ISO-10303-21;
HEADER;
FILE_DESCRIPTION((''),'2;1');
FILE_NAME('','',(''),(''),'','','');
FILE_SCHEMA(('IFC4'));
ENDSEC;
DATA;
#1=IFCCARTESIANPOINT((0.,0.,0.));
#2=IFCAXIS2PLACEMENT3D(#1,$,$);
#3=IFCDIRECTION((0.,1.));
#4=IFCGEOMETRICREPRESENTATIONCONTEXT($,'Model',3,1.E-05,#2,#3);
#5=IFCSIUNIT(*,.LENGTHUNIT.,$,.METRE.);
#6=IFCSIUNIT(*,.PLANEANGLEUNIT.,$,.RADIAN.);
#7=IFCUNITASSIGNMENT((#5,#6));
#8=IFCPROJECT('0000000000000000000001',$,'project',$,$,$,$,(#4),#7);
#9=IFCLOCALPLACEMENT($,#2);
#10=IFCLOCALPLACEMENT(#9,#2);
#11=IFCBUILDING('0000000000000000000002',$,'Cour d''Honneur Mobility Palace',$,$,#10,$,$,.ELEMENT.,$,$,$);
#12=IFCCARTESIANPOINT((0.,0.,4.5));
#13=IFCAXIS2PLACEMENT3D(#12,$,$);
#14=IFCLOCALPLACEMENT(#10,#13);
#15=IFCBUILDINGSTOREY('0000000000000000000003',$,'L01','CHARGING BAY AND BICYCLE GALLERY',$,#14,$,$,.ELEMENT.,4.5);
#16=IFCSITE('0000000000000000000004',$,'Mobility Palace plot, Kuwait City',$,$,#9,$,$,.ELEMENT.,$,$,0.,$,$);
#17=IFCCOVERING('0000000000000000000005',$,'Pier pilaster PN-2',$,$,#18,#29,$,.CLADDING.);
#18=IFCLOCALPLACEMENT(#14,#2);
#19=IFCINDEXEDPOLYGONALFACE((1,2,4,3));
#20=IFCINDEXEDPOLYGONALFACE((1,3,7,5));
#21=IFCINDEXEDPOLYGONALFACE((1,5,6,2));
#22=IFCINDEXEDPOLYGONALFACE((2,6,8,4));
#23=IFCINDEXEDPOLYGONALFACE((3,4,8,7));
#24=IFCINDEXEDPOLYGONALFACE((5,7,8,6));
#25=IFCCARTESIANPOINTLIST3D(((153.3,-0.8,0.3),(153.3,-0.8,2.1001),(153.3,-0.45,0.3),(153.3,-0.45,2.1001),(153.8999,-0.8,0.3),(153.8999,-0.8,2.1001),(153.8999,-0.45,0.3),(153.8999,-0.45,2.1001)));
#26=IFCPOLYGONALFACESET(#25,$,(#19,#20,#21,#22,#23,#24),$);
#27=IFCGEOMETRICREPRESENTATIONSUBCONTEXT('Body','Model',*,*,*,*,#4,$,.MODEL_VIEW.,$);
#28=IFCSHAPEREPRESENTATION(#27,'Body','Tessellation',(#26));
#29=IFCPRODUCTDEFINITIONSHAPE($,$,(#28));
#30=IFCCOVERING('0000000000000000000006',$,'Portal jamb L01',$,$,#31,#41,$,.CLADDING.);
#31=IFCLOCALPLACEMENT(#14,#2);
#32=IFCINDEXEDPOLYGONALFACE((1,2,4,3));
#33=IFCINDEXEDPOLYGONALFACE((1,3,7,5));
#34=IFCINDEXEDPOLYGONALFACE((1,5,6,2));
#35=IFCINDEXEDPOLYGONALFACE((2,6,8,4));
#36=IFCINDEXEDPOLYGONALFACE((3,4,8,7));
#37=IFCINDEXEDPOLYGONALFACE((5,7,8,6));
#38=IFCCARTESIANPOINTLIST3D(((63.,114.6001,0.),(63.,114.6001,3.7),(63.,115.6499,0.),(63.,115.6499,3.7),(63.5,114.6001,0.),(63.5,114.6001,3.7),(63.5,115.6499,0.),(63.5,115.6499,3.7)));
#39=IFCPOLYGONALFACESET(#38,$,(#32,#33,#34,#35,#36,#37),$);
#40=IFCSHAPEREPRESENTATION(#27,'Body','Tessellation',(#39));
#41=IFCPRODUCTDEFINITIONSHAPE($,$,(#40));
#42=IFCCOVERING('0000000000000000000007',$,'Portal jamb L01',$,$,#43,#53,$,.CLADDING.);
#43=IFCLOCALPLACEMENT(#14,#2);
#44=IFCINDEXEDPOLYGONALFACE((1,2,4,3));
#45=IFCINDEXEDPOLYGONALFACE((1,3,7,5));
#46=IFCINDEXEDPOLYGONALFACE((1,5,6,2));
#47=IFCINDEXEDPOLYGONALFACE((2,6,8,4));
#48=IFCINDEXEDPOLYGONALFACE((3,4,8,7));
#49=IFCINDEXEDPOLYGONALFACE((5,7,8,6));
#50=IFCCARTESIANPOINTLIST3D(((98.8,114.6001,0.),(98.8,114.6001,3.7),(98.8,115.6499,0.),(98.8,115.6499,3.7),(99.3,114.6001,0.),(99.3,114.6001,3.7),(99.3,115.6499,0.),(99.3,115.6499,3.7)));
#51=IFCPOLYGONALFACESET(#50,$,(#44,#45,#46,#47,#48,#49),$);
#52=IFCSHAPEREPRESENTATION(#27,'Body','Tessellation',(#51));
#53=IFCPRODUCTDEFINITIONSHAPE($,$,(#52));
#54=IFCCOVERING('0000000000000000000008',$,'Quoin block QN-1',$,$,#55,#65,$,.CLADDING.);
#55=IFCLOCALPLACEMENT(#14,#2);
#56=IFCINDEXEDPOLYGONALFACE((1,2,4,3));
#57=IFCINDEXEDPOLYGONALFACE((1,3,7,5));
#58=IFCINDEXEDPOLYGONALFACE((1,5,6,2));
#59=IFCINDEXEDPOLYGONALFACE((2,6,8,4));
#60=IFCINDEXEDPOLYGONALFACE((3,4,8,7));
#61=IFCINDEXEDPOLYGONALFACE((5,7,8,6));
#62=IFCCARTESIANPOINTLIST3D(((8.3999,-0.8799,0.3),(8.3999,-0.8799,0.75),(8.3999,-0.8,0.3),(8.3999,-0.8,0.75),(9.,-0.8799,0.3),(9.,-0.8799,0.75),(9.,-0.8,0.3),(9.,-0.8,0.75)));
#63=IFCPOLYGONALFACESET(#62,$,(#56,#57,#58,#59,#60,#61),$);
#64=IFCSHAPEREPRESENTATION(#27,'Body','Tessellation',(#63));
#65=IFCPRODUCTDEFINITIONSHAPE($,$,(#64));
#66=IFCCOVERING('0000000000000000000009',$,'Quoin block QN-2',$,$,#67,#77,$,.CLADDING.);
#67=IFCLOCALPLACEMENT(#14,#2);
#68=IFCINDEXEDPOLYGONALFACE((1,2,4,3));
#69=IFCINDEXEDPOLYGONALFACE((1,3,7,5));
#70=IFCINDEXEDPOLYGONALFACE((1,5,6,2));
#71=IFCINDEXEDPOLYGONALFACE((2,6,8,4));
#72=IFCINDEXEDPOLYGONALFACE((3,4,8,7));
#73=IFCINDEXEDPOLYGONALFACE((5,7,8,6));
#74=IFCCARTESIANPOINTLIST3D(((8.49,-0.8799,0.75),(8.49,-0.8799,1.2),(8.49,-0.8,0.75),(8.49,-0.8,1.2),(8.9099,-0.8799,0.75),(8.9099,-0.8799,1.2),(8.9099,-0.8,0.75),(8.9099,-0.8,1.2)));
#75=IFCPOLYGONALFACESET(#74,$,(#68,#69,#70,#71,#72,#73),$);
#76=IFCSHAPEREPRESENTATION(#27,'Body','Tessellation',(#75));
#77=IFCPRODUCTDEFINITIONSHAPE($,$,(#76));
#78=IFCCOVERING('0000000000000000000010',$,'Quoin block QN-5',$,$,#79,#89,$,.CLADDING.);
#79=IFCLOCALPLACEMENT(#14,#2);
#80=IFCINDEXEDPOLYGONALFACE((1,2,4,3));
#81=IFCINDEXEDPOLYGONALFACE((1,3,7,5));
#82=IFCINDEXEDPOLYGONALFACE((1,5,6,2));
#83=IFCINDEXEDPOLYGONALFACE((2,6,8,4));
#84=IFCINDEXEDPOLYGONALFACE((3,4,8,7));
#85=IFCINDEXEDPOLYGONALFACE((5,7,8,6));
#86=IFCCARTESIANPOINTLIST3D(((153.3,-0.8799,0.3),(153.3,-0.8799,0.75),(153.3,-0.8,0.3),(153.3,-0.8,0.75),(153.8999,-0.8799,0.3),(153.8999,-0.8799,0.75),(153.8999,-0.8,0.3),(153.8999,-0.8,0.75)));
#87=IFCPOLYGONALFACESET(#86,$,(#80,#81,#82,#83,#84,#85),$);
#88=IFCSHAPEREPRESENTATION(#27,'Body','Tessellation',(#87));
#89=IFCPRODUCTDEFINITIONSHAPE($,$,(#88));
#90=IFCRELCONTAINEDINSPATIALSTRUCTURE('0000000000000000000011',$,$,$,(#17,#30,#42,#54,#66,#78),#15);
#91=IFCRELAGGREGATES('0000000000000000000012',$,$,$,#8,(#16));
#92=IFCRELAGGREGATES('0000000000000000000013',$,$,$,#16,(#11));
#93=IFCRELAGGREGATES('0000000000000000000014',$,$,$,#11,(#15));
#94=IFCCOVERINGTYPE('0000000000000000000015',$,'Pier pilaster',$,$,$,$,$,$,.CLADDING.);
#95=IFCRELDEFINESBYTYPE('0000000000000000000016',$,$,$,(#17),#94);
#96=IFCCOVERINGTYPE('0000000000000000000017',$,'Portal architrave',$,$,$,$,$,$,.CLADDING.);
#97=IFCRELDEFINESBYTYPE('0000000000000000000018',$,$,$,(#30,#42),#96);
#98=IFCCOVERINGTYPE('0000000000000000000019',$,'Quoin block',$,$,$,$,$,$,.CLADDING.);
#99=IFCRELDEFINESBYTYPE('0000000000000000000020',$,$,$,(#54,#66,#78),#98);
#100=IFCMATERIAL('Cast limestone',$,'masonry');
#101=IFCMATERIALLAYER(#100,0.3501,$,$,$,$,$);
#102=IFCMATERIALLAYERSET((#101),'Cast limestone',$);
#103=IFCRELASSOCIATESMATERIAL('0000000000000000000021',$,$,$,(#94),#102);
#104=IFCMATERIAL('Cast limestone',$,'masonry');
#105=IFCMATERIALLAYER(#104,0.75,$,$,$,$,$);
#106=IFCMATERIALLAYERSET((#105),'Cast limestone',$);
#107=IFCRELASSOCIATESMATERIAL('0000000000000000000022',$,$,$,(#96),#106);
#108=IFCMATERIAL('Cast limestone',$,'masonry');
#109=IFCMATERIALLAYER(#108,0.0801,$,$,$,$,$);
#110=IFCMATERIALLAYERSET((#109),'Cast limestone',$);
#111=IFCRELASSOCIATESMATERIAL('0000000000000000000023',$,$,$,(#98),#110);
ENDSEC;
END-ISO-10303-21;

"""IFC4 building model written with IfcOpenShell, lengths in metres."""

from ifc_helpers import new_model, si_unit, direction, frame, origin, place, context, subcontext, project, spatial, polyline, outline, extrude, material, layer, layer_set, type_object, element, save


model = new_model("IFC4")

# Units and contexts
model_context = context("Model", 3, precision=1e-05, world=origin(), true_north=direction((0.0, 1.0)))
body_context = subcontext(model_context, "Body", "Model", "MODEL_VIEW")
ifc_project = project(units=[si_unit("LENGTHUNIT", "METRE"), si_unit("PLANEANGLEUNIT", "RADIAN")], contexts=[model_context])

# Site, building, storey
site_placement = place(None, origin())
site = spatial("IfcSite", under=ifc_project, at=site_placement, Name="Mobility Palace plot, Kuwait City", CompositionType="ELEMENT", RefElevation=0.0)
building_placement = place(site_placement, origin())
building = spatial("IfcBuilding", under=site, at=building_placement, Name="Cour d'Honneur Mobility Palace", CompositionType="ELEMENT")
storey_placement = place(building_placement, frame((0.0, 0.0, 4.5)))
storey = spatial("IfcBuildingStorey", under=building, at=storey_placement, Name="L01", Description="CHARGING BAY AND BICYCLE GALLERY", CompositionType="ELEMENT", Elevation=4.5)

# Coverings
ifc_material_1 = material(Name="Cast limestone", Category="masonry")
ifc_layer_1 = layer(ifc_material_1, 0.3501)
ifc_layer_set_1 = layer_set([ifc_layer_1], Name="Cast limestone")
covering_type_1 = type_object("IfcCoveringType", Name="Pier pilaster", PredefinedType="CLADDING", material=ifc_layer_set_1)
covering_1_placement = place(storey_placement, frame((0.0, 0.0, 0.3)))
element("IfcCovering", 1, at=covering_1_placement, inside=storey, type_object=covering_type_1, Name="Pier pilaster PN-2", PredefinedType="CLADDING", context=body_context, shape_type="SweptSolid", body=[
    extrude(outline(polyline([(153.3, -0.45), (153.8999, -0.45), (153.8999, -0.8), (153.3, -0.8), (153.3, -0.45)])), origin(), (0.0, 0.0, 1.0), 1.8),
])
ifc_material_2 = material(Name="Cast limestone", Category="masonry")
ifc_layer_2 = layer(ifc_material_2, 0.75)
ifc_layer_set_2 = layer_set([ifc_layer_2], Name="Cast limestone")
covering_type_2 = type_object("IfcCoveringType", Name="Portal architrave", PredefinedType="CLADDING", material=ifc_layer_set_2)
covering_2_placement = place(storey_placement, origin())
element("IfcCovering", 2, at=covering_2_placement, inside=storey, type_object=covering_type_2, Name="Portal jamb L01", PredefinedType="CLADDING", context=body_context, shape_type="SweptSolid", body=[
    extrude(outline(polyline([(63.0, 114.6001), (63.5, 114.6001), (63.5, 115.6499), (63.0, 115.6499), (63.0, 114.6001)])), origin(), (0.0, 0.0, 1.0), 3.7),
])
covering_3_placement = place(storey_placement, origin())
element("IfcCovering", 3, at=covering_3_placement, inside=storey, type_object=covering_type_2, Name="Portal jamb L01", PredefinedType="CLADDING", context=body_context, shape_type="SweptSolid", body=[
    extrude(outline(polyline([(98.8, 114.6001), (99.3, 114.6001), (99.3, 115.6499), (98.8, 115.6499), (98.8, 114.6001)])), origin(), (0.0, 0.0, 1.0), 3.7),
])
ifc_material_3 = material(Name="Cast limestone", Category="masonry")
ifc_layer_3 = layer(ifc_material_3, 0.0801)
ifc_layer_set_3 = layer_set([ifc_layer_3], Name="Cast limestone")
covering_type_3 = type_object("IfcCoveringType", Name="Quoin block", PredefinedType="CLADDING", material=ifc_layer_set_3)
covering_4_placement = place(storey_placement, frame((0.0, 0.0, 0.3)))
element("IfcCovering", 4, at=covering_4_placement, inside=storey, type_object=covering_type_3, Name="Quoin block QN-1", PredefinedType="CLADDING", context=body_context, shape_type="SweptSolid", body=[
    extrude(outline(polyline([(8.3999, -0.8), (9.0, -0.8), (9.0, -0.8799), (8.3999, -0.8799), (8.3999, -0.8)])), origin(), (0.0, 0.0, 1.0), 0.45),
])
covering_5_placement = place(storey_placement, frame((0.0, 0.0, 0.75)))
element("IfcCovering", 5, at=covering_5_placement, inside=storey, type_object=covering_type_3, Name="Quoin block QN-2", PredefinedType="CLADDING", context=body_context, shape_type="SweptSolid", body=[
    extrude(outline(polyline([(8.49, -0.8), (8.9099, -0.8), (8.9099, -0.8799), (8.49, -0.8799), (8.49, -0.8)])), origin(), (0.0, 0.0, 1.0), 0.45),
])
covering_6_placement = place(storey_placement, frame((0.0, 0.0, 0.3)))
element("IfcCovering", 6, at=covering_6_placement, inside=storey, type_object=covering_type_3, Name="Quoin block QN-5", PredefinedType="CLADDING", context=body_context, shape_type="SweptSolid", body=[
    extrude(outline(polyline([(153.3, -0.8), (153.8999, -0.8), (153.8999, -0.8799), (153.3, -0.8799), (153.3, -0.8)])), origin(), (0.0, 0.0, 1.0), 0.45),
])

save(model, "model.ifc")
